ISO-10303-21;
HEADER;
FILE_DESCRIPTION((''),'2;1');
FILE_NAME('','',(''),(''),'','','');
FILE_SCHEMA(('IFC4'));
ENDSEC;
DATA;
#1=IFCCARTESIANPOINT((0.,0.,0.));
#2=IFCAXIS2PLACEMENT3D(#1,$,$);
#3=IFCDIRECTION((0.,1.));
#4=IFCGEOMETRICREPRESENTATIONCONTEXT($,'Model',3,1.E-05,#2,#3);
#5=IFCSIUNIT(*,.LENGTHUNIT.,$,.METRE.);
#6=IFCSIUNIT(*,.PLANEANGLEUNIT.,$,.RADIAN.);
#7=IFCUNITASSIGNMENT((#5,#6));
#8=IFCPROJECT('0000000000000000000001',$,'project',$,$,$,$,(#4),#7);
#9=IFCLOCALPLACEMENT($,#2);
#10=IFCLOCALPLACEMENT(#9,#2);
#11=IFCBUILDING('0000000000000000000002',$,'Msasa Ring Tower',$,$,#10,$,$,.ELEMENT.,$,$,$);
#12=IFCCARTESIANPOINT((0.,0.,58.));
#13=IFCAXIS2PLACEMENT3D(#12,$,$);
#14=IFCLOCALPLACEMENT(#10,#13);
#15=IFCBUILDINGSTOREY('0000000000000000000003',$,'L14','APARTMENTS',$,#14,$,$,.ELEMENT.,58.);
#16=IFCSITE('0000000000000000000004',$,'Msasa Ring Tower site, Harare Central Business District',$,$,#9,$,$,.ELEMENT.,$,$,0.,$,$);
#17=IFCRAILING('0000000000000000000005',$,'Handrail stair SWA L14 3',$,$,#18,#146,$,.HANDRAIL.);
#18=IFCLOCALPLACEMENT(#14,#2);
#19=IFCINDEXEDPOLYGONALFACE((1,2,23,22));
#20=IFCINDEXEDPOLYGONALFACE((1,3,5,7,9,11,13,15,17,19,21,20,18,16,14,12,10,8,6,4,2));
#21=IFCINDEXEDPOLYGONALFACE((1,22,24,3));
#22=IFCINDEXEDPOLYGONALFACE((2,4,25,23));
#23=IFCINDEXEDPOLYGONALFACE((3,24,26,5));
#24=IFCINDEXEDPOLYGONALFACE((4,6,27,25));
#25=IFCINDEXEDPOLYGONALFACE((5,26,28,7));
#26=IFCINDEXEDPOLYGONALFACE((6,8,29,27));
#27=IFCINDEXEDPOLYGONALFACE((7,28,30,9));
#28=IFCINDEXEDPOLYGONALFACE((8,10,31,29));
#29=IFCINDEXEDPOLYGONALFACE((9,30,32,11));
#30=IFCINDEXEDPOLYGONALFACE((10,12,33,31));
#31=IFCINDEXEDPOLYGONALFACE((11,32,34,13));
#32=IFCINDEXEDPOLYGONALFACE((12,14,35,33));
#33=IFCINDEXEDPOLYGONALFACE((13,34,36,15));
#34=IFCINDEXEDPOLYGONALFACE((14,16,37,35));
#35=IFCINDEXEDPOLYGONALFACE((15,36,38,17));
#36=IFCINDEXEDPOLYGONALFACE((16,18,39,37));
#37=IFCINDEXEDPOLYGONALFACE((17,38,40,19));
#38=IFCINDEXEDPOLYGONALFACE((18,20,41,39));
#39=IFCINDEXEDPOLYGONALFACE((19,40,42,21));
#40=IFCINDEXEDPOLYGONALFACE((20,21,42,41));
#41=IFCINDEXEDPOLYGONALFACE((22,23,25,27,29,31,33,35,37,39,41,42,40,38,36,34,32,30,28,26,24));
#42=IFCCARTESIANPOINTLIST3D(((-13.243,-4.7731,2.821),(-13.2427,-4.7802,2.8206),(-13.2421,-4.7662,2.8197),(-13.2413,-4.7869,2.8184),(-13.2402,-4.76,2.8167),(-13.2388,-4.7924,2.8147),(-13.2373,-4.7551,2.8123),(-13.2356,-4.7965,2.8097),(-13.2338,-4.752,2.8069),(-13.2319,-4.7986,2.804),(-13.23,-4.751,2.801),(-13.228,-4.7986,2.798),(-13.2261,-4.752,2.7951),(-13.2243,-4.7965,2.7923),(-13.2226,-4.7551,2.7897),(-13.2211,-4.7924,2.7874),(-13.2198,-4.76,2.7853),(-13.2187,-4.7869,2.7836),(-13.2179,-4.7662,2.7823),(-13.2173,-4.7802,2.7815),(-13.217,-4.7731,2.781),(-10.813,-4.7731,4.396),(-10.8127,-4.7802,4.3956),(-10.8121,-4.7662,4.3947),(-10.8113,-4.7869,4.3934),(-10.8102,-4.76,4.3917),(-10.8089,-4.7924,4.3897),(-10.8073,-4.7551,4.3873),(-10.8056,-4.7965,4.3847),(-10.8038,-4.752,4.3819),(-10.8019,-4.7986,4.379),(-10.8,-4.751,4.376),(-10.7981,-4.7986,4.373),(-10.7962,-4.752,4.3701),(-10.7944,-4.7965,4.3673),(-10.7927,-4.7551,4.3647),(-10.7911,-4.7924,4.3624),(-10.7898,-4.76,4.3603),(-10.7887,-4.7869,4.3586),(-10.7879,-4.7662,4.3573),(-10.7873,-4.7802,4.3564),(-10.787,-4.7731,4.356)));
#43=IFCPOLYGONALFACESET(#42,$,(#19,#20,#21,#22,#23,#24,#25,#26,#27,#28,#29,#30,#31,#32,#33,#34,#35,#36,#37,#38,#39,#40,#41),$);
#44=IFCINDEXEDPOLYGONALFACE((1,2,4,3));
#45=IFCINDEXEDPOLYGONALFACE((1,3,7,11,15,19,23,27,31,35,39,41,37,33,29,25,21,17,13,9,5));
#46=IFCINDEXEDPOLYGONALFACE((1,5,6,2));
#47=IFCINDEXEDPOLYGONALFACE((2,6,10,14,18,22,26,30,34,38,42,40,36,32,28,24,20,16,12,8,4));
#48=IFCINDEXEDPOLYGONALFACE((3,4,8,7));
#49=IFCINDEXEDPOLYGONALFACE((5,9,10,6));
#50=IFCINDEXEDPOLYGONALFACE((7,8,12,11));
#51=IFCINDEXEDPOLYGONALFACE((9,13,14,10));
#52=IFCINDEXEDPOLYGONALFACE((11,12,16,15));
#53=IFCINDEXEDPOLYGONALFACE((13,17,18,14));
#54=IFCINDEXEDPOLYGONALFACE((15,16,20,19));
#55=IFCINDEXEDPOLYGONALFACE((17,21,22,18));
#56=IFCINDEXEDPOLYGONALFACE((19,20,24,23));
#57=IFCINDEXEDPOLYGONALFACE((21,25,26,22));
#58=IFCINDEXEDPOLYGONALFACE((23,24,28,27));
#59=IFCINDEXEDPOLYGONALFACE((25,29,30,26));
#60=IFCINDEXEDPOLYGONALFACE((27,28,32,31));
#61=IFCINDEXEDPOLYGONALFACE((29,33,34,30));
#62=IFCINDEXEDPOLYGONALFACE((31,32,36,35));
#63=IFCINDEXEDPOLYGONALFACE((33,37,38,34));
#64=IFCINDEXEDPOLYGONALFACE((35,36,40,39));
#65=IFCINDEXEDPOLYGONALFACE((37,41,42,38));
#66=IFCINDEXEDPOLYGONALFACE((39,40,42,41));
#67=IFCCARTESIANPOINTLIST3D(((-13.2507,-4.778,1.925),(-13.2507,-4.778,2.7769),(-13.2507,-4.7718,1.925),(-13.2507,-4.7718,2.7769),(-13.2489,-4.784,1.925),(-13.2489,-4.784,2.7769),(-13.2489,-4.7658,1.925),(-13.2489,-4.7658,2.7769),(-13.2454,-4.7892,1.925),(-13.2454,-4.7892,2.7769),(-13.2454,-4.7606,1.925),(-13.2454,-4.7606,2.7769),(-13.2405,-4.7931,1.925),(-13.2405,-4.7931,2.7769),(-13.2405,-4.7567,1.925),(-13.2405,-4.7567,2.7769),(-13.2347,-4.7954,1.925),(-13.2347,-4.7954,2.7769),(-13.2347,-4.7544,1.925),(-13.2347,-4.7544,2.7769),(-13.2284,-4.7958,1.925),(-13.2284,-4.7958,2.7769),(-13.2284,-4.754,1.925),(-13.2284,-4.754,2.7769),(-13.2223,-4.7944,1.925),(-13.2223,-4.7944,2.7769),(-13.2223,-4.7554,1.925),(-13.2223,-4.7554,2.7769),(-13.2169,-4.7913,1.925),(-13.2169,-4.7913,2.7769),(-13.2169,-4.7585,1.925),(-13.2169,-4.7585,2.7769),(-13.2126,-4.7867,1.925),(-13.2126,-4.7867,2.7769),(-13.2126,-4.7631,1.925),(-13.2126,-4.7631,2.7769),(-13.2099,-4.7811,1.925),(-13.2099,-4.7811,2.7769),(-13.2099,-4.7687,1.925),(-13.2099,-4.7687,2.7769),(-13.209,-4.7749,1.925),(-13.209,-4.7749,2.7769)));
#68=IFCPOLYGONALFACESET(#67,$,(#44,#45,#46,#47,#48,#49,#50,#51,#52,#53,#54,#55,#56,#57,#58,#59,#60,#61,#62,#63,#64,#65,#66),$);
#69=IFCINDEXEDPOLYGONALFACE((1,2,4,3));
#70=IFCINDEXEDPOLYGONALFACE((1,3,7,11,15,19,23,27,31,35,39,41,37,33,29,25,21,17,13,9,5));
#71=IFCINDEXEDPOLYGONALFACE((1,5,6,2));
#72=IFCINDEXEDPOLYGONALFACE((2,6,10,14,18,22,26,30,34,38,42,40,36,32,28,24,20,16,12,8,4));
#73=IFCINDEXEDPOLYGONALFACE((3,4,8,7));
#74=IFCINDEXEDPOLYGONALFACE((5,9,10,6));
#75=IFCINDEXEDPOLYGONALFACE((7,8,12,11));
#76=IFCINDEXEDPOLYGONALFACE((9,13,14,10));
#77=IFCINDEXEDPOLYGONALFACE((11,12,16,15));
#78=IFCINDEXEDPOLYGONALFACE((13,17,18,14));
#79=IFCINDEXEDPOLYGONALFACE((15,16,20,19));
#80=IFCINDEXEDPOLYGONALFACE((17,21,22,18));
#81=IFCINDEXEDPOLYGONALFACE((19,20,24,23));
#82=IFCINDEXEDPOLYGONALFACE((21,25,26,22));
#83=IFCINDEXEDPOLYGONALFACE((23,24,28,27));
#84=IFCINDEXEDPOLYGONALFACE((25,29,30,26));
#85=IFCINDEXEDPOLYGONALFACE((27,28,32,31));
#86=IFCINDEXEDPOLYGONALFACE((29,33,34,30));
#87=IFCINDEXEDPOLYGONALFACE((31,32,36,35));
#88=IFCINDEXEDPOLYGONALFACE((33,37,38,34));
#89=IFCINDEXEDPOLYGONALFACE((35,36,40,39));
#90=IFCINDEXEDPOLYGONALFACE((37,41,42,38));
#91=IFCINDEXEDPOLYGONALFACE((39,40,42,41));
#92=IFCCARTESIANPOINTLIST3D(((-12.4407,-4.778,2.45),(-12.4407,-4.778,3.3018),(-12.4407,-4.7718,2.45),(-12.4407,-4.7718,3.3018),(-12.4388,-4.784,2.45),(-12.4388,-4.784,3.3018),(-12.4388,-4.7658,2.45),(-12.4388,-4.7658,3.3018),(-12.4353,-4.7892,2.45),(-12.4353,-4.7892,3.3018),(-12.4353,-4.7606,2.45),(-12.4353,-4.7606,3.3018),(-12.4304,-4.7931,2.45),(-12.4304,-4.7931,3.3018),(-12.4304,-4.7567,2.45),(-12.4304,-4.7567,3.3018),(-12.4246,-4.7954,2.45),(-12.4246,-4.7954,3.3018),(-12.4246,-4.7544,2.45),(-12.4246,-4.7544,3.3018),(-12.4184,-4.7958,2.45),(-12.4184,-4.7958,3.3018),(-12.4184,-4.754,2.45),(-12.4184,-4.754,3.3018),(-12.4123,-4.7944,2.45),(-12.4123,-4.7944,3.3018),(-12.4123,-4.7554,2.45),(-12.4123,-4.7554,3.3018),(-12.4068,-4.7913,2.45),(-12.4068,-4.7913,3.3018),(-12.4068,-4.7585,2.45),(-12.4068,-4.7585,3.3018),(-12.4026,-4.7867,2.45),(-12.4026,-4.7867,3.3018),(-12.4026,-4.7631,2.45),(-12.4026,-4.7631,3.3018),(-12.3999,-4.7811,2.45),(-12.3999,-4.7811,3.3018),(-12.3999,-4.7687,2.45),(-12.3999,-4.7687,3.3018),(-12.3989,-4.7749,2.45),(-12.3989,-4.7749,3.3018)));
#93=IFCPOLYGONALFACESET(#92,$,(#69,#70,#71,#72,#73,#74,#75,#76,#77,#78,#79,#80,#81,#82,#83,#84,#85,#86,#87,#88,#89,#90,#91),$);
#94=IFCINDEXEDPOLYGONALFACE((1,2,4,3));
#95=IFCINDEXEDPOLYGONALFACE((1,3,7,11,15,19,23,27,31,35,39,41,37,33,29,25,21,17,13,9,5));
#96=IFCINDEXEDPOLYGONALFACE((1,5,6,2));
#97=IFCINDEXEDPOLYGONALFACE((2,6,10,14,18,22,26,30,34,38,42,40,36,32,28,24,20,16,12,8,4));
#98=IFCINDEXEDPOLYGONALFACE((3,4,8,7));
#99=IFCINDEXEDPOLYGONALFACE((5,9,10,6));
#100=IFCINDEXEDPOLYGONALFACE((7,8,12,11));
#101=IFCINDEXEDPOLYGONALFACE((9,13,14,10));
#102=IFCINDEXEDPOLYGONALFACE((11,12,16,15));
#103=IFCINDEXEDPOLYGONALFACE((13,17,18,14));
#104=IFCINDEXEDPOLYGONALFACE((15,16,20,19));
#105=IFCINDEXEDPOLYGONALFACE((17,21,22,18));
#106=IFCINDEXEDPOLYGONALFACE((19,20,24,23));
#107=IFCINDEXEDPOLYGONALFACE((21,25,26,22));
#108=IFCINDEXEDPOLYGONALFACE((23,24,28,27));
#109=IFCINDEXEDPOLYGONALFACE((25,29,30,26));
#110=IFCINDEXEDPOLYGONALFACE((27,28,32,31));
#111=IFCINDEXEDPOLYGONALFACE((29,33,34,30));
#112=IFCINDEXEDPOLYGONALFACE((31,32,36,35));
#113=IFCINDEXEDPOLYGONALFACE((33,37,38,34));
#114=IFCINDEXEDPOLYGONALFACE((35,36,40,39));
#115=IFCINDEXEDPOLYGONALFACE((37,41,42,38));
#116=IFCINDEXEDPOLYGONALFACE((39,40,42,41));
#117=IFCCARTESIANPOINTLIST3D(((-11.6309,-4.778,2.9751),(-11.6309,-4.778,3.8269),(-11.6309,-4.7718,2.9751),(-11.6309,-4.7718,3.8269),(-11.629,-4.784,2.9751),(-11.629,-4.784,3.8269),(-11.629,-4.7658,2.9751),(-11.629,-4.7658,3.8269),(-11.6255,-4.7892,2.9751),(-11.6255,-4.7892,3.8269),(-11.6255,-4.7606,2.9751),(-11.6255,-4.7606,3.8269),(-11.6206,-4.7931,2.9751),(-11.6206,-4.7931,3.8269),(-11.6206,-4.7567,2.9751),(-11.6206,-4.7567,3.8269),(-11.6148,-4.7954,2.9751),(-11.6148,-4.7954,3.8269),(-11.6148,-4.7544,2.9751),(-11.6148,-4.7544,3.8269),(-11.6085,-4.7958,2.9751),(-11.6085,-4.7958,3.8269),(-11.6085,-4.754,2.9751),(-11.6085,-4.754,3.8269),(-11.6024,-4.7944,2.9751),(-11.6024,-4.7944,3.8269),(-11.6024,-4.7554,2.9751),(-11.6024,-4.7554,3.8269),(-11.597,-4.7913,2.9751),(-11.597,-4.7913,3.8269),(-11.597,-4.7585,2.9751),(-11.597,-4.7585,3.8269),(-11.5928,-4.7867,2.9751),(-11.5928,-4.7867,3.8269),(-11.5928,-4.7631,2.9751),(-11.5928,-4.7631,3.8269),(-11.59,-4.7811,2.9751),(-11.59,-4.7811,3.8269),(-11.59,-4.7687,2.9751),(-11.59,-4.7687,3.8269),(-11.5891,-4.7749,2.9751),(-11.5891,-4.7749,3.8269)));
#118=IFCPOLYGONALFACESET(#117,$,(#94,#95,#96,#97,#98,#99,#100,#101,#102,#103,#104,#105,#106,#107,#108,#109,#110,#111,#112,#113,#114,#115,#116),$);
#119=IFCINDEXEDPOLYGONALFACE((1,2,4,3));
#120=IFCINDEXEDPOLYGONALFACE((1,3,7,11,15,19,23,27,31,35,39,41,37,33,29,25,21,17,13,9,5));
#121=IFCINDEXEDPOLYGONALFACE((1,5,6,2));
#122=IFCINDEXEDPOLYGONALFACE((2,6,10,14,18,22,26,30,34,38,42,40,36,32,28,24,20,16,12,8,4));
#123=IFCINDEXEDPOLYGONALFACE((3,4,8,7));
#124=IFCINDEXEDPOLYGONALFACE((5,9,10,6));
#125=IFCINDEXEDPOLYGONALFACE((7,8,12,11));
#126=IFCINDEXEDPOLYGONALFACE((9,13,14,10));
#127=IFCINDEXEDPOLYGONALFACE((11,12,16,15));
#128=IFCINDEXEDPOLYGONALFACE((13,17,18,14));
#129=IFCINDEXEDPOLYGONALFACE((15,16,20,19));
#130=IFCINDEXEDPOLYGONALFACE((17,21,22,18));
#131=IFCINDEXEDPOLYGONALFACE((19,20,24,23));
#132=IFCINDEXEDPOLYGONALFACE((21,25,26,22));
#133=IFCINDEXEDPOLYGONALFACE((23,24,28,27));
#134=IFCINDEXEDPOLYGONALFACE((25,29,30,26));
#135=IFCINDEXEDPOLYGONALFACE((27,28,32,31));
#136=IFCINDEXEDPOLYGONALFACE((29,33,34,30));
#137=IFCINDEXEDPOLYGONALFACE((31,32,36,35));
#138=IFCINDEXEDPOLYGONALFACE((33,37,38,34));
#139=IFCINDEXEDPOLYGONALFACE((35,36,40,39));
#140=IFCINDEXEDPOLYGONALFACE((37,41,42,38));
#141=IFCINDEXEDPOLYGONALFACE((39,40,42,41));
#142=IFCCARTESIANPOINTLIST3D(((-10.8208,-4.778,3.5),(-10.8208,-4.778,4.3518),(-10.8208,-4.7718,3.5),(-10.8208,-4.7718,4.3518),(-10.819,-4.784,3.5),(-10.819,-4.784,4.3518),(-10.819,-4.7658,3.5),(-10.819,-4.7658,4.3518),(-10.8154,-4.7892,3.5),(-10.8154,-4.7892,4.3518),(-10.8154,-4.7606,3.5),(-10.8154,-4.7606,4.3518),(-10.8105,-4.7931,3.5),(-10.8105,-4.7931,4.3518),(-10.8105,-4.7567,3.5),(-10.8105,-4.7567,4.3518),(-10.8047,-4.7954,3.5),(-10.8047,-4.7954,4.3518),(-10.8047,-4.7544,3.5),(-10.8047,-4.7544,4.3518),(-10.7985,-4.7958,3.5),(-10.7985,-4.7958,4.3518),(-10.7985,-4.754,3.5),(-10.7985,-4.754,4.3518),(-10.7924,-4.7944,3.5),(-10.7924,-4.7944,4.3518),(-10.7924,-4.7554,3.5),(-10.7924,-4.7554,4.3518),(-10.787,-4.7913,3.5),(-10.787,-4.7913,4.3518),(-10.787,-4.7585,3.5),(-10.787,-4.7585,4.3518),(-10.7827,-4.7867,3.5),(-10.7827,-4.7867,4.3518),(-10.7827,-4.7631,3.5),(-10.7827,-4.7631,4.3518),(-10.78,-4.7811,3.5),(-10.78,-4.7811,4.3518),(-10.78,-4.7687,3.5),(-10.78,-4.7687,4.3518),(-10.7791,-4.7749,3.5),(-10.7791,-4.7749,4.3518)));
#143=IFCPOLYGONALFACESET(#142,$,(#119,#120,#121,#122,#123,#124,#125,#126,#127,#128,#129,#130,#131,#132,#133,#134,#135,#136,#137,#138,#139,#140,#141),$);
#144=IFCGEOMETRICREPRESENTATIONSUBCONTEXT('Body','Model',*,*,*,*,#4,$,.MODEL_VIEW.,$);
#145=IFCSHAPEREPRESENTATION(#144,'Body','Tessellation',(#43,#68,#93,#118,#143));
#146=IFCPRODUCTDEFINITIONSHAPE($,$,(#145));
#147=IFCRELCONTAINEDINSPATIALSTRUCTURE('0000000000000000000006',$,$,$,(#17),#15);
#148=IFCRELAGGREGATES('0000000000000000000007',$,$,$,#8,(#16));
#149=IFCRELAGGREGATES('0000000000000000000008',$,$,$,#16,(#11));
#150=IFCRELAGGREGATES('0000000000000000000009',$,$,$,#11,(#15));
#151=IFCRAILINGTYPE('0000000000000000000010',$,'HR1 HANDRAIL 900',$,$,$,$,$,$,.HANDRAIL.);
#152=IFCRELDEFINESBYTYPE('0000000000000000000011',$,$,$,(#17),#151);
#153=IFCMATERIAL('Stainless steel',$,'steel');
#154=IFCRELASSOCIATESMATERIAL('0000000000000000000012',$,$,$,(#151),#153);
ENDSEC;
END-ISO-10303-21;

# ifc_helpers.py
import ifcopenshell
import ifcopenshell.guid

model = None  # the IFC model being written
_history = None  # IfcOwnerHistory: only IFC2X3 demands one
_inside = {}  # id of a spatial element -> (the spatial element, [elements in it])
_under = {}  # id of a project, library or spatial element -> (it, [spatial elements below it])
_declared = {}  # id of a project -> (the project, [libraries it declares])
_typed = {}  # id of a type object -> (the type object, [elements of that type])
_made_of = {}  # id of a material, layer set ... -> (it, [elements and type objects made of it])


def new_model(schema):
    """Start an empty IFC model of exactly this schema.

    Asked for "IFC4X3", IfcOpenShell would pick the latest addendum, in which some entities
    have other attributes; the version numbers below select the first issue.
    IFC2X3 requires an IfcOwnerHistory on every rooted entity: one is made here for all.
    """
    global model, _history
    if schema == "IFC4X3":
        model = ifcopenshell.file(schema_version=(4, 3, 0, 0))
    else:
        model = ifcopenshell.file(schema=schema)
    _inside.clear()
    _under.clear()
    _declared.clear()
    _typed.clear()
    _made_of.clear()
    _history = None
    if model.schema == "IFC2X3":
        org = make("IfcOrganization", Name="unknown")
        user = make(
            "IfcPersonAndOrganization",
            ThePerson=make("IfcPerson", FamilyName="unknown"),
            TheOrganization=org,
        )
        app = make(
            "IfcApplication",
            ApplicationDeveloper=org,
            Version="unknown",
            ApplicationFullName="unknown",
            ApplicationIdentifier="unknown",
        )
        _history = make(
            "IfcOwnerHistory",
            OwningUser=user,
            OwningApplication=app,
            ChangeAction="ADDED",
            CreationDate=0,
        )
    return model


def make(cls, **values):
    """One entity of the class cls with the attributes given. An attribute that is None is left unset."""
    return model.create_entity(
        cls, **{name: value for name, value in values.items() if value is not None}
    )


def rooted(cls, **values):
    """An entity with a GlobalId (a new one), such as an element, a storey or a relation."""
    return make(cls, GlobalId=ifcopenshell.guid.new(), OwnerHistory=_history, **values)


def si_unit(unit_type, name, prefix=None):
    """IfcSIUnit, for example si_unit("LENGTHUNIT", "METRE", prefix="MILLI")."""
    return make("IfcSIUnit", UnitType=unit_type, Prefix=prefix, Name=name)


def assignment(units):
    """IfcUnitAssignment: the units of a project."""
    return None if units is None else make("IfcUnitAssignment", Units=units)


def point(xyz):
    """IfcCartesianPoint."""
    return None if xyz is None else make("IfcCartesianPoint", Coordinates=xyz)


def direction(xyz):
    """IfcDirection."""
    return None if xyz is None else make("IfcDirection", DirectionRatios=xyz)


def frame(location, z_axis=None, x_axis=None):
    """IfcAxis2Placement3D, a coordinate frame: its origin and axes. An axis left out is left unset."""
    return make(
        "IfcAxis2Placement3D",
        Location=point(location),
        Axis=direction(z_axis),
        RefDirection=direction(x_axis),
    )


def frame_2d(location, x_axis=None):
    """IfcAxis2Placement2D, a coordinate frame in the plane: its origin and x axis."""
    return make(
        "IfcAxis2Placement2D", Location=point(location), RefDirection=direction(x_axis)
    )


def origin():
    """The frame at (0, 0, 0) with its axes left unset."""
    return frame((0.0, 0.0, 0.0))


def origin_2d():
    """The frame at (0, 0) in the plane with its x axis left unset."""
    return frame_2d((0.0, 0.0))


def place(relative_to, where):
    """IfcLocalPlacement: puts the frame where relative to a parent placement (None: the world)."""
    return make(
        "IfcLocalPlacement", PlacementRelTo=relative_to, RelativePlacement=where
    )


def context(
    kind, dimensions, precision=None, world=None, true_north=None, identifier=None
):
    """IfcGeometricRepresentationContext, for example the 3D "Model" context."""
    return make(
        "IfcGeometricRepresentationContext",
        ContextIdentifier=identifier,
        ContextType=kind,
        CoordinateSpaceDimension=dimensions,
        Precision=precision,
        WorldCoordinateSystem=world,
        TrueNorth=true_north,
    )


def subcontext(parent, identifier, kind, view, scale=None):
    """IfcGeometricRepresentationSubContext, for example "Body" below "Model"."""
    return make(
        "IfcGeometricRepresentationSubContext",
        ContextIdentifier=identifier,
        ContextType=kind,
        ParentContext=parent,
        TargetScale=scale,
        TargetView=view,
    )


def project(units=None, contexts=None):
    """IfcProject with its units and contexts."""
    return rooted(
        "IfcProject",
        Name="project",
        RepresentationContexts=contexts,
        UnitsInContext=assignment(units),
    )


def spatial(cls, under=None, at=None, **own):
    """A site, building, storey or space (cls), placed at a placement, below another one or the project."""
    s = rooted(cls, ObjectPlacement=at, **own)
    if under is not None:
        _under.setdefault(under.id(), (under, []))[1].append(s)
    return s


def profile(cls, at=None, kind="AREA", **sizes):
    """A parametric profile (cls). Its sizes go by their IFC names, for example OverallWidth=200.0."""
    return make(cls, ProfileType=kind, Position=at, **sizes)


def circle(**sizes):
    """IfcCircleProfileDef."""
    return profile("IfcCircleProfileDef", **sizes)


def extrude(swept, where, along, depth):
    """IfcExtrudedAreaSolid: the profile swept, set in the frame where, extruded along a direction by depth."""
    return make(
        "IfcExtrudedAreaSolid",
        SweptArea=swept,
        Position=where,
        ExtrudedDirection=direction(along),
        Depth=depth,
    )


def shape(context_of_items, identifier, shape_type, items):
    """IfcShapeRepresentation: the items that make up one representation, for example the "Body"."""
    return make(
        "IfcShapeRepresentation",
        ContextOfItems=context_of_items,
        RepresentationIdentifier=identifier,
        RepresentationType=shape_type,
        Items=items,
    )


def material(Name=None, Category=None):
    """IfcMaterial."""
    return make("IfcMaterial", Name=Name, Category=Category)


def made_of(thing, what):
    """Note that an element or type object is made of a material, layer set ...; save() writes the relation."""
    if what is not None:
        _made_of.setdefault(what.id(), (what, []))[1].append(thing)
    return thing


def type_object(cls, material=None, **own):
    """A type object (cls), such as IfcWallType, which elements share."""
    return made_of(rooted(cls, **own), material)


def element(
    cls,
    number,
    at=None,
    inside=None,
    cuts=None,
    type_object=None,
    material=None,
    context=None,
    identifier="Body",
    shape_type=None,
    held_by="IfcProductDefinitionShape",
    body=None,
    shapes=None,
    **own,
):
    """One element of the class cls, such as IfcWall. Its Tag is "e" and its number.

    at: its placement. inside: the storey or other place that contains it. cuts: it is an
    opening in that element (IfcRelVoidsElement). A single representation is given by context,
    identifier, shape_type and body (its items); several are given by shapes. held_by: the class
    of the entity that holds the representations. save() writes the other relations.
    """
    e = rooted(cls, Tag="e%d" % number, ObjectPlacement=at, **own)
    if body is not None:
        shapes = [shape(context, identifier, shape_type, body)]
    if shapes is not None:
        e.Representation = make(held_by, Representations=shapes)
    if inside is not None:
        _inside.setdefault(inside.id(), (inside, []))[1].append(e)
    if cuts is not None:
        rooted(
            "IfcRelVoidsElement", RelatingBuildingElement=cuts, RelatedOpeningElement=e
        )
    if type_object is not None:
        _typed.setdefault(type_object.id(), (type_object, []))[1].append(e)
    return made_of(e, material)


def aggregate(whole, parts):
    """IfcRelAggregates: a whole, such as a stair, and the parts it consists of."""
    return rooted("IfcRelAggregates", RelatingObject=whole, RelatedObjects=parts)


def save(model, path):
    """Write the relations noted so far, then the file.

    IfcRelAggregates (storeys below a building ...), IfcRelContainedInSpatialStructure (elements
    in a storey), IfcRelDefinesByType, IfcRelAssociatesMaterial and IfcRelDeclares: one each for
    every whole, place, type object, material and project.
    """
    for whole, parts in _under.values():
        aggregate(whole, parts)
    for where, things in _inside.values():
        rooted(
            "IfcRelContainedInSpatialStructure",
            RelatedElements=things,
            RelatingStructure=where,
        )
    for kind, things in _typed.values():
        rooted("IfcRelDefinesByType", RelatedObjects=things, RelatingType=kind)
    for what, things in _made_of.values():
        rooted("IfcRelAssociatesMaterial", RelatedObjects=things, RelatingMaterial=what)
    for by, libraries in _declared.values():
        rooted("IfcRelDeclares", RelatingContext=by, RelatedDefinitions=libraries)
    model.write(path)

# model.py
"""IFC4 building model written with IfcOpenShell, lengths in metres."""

from ifc_helpers import new_model, si_unit, direction, frame, origin, origin_2d, place, context, subcontext, project, spatial, circle, extrude, material, type_object, element, save


model = new_model("IFC4")

# Units and contexts
model_context = context("Model", 3, precision=1e-05, world=origin(), true_north=direction((0.0, 1.0)))
body_context = subcontext(model_context, "Body", "Model", "MODEL_VIEW")
ifc_project = project(units=[si_unit("LENGTHUNIT", "METRE"), si_unit("PLANEANGLEUNIT", "RADIAN")], contexts=[model_context])

# Site, building, storey
site_placement = place(None, origin())
site = spatial("IfcSite", under=ifc_project, at=site_placement, Name="Msasa Ring Tower site, Harare Central Business District", CompositionType="ELEMENT", RefElevation=0.0)
building_placement = place(site_placement, origin())
building = spatial("IfcBuilding", under=site, at=building_placement, Name="Msasa Ring Tower", CompositionType="ELEMENT")
storey_placement = place(building_placement, frame((0.0, 0.0, 58.0)))
storey = spatial("IfcBuildingStorey", under=building, at=storey_placement, Name="L14", Description="APARTMENTS", CompositionType="ELEMENT", Elevation=58.0)

# Railing
ifc_material_1 = material(Name="Stainless steel", Category="steel")
railing_type = type_object("IfcRailingType", Name="HR1 HANDRAIL 900", PredefinedType="HANDRAIL", material=ifc_material_1)
for number, where, name in (
    (1, (-13.23, -4.7749, 1.925), "Handrail stair SWA L14 3"),
):
    element("IfcRailing", number, at=place(storey_placement, frame(where)), inside=storey, type_object=railing_type, Name=name, PredefinedType="HANDRAIL", context=body_context, shape_type="SweptSolid", body=[
        extrude(circle(Radius=0.0239, at=origin_2d()), frame((0.0, 0.0, 0.876), z_axis=(0.839154, 0.0, 0.543894), x_axis=(0.0, 1.0, 0.0)), (0.0, 0.0, 1.0), 2.8958),
        extrude(circle(Radius=0.021, at=origin_2d()), origin(), (0.0, 0.0, 1.0), 0.8518),
        extrude(circle(Radius=0.021, at=origin_2d()), frame((0.8101, 0.0, 0.5249)), (0.0, 0.0, 1.0), 0.8518),
        extrude(circle(Radius=0.021, at=origin_2d()), frame((1.6199, 0.0, 1.05)), (0.0, 0.0, 1.0), 0.8518),
        extrude(circle(Radius=0.021, at=origin_2d()), frame((2.4299, 0.0, 1.575)), (0.0, 0.0, 1.0), 0.8518),
    ])

save(model, "model.ifc")
